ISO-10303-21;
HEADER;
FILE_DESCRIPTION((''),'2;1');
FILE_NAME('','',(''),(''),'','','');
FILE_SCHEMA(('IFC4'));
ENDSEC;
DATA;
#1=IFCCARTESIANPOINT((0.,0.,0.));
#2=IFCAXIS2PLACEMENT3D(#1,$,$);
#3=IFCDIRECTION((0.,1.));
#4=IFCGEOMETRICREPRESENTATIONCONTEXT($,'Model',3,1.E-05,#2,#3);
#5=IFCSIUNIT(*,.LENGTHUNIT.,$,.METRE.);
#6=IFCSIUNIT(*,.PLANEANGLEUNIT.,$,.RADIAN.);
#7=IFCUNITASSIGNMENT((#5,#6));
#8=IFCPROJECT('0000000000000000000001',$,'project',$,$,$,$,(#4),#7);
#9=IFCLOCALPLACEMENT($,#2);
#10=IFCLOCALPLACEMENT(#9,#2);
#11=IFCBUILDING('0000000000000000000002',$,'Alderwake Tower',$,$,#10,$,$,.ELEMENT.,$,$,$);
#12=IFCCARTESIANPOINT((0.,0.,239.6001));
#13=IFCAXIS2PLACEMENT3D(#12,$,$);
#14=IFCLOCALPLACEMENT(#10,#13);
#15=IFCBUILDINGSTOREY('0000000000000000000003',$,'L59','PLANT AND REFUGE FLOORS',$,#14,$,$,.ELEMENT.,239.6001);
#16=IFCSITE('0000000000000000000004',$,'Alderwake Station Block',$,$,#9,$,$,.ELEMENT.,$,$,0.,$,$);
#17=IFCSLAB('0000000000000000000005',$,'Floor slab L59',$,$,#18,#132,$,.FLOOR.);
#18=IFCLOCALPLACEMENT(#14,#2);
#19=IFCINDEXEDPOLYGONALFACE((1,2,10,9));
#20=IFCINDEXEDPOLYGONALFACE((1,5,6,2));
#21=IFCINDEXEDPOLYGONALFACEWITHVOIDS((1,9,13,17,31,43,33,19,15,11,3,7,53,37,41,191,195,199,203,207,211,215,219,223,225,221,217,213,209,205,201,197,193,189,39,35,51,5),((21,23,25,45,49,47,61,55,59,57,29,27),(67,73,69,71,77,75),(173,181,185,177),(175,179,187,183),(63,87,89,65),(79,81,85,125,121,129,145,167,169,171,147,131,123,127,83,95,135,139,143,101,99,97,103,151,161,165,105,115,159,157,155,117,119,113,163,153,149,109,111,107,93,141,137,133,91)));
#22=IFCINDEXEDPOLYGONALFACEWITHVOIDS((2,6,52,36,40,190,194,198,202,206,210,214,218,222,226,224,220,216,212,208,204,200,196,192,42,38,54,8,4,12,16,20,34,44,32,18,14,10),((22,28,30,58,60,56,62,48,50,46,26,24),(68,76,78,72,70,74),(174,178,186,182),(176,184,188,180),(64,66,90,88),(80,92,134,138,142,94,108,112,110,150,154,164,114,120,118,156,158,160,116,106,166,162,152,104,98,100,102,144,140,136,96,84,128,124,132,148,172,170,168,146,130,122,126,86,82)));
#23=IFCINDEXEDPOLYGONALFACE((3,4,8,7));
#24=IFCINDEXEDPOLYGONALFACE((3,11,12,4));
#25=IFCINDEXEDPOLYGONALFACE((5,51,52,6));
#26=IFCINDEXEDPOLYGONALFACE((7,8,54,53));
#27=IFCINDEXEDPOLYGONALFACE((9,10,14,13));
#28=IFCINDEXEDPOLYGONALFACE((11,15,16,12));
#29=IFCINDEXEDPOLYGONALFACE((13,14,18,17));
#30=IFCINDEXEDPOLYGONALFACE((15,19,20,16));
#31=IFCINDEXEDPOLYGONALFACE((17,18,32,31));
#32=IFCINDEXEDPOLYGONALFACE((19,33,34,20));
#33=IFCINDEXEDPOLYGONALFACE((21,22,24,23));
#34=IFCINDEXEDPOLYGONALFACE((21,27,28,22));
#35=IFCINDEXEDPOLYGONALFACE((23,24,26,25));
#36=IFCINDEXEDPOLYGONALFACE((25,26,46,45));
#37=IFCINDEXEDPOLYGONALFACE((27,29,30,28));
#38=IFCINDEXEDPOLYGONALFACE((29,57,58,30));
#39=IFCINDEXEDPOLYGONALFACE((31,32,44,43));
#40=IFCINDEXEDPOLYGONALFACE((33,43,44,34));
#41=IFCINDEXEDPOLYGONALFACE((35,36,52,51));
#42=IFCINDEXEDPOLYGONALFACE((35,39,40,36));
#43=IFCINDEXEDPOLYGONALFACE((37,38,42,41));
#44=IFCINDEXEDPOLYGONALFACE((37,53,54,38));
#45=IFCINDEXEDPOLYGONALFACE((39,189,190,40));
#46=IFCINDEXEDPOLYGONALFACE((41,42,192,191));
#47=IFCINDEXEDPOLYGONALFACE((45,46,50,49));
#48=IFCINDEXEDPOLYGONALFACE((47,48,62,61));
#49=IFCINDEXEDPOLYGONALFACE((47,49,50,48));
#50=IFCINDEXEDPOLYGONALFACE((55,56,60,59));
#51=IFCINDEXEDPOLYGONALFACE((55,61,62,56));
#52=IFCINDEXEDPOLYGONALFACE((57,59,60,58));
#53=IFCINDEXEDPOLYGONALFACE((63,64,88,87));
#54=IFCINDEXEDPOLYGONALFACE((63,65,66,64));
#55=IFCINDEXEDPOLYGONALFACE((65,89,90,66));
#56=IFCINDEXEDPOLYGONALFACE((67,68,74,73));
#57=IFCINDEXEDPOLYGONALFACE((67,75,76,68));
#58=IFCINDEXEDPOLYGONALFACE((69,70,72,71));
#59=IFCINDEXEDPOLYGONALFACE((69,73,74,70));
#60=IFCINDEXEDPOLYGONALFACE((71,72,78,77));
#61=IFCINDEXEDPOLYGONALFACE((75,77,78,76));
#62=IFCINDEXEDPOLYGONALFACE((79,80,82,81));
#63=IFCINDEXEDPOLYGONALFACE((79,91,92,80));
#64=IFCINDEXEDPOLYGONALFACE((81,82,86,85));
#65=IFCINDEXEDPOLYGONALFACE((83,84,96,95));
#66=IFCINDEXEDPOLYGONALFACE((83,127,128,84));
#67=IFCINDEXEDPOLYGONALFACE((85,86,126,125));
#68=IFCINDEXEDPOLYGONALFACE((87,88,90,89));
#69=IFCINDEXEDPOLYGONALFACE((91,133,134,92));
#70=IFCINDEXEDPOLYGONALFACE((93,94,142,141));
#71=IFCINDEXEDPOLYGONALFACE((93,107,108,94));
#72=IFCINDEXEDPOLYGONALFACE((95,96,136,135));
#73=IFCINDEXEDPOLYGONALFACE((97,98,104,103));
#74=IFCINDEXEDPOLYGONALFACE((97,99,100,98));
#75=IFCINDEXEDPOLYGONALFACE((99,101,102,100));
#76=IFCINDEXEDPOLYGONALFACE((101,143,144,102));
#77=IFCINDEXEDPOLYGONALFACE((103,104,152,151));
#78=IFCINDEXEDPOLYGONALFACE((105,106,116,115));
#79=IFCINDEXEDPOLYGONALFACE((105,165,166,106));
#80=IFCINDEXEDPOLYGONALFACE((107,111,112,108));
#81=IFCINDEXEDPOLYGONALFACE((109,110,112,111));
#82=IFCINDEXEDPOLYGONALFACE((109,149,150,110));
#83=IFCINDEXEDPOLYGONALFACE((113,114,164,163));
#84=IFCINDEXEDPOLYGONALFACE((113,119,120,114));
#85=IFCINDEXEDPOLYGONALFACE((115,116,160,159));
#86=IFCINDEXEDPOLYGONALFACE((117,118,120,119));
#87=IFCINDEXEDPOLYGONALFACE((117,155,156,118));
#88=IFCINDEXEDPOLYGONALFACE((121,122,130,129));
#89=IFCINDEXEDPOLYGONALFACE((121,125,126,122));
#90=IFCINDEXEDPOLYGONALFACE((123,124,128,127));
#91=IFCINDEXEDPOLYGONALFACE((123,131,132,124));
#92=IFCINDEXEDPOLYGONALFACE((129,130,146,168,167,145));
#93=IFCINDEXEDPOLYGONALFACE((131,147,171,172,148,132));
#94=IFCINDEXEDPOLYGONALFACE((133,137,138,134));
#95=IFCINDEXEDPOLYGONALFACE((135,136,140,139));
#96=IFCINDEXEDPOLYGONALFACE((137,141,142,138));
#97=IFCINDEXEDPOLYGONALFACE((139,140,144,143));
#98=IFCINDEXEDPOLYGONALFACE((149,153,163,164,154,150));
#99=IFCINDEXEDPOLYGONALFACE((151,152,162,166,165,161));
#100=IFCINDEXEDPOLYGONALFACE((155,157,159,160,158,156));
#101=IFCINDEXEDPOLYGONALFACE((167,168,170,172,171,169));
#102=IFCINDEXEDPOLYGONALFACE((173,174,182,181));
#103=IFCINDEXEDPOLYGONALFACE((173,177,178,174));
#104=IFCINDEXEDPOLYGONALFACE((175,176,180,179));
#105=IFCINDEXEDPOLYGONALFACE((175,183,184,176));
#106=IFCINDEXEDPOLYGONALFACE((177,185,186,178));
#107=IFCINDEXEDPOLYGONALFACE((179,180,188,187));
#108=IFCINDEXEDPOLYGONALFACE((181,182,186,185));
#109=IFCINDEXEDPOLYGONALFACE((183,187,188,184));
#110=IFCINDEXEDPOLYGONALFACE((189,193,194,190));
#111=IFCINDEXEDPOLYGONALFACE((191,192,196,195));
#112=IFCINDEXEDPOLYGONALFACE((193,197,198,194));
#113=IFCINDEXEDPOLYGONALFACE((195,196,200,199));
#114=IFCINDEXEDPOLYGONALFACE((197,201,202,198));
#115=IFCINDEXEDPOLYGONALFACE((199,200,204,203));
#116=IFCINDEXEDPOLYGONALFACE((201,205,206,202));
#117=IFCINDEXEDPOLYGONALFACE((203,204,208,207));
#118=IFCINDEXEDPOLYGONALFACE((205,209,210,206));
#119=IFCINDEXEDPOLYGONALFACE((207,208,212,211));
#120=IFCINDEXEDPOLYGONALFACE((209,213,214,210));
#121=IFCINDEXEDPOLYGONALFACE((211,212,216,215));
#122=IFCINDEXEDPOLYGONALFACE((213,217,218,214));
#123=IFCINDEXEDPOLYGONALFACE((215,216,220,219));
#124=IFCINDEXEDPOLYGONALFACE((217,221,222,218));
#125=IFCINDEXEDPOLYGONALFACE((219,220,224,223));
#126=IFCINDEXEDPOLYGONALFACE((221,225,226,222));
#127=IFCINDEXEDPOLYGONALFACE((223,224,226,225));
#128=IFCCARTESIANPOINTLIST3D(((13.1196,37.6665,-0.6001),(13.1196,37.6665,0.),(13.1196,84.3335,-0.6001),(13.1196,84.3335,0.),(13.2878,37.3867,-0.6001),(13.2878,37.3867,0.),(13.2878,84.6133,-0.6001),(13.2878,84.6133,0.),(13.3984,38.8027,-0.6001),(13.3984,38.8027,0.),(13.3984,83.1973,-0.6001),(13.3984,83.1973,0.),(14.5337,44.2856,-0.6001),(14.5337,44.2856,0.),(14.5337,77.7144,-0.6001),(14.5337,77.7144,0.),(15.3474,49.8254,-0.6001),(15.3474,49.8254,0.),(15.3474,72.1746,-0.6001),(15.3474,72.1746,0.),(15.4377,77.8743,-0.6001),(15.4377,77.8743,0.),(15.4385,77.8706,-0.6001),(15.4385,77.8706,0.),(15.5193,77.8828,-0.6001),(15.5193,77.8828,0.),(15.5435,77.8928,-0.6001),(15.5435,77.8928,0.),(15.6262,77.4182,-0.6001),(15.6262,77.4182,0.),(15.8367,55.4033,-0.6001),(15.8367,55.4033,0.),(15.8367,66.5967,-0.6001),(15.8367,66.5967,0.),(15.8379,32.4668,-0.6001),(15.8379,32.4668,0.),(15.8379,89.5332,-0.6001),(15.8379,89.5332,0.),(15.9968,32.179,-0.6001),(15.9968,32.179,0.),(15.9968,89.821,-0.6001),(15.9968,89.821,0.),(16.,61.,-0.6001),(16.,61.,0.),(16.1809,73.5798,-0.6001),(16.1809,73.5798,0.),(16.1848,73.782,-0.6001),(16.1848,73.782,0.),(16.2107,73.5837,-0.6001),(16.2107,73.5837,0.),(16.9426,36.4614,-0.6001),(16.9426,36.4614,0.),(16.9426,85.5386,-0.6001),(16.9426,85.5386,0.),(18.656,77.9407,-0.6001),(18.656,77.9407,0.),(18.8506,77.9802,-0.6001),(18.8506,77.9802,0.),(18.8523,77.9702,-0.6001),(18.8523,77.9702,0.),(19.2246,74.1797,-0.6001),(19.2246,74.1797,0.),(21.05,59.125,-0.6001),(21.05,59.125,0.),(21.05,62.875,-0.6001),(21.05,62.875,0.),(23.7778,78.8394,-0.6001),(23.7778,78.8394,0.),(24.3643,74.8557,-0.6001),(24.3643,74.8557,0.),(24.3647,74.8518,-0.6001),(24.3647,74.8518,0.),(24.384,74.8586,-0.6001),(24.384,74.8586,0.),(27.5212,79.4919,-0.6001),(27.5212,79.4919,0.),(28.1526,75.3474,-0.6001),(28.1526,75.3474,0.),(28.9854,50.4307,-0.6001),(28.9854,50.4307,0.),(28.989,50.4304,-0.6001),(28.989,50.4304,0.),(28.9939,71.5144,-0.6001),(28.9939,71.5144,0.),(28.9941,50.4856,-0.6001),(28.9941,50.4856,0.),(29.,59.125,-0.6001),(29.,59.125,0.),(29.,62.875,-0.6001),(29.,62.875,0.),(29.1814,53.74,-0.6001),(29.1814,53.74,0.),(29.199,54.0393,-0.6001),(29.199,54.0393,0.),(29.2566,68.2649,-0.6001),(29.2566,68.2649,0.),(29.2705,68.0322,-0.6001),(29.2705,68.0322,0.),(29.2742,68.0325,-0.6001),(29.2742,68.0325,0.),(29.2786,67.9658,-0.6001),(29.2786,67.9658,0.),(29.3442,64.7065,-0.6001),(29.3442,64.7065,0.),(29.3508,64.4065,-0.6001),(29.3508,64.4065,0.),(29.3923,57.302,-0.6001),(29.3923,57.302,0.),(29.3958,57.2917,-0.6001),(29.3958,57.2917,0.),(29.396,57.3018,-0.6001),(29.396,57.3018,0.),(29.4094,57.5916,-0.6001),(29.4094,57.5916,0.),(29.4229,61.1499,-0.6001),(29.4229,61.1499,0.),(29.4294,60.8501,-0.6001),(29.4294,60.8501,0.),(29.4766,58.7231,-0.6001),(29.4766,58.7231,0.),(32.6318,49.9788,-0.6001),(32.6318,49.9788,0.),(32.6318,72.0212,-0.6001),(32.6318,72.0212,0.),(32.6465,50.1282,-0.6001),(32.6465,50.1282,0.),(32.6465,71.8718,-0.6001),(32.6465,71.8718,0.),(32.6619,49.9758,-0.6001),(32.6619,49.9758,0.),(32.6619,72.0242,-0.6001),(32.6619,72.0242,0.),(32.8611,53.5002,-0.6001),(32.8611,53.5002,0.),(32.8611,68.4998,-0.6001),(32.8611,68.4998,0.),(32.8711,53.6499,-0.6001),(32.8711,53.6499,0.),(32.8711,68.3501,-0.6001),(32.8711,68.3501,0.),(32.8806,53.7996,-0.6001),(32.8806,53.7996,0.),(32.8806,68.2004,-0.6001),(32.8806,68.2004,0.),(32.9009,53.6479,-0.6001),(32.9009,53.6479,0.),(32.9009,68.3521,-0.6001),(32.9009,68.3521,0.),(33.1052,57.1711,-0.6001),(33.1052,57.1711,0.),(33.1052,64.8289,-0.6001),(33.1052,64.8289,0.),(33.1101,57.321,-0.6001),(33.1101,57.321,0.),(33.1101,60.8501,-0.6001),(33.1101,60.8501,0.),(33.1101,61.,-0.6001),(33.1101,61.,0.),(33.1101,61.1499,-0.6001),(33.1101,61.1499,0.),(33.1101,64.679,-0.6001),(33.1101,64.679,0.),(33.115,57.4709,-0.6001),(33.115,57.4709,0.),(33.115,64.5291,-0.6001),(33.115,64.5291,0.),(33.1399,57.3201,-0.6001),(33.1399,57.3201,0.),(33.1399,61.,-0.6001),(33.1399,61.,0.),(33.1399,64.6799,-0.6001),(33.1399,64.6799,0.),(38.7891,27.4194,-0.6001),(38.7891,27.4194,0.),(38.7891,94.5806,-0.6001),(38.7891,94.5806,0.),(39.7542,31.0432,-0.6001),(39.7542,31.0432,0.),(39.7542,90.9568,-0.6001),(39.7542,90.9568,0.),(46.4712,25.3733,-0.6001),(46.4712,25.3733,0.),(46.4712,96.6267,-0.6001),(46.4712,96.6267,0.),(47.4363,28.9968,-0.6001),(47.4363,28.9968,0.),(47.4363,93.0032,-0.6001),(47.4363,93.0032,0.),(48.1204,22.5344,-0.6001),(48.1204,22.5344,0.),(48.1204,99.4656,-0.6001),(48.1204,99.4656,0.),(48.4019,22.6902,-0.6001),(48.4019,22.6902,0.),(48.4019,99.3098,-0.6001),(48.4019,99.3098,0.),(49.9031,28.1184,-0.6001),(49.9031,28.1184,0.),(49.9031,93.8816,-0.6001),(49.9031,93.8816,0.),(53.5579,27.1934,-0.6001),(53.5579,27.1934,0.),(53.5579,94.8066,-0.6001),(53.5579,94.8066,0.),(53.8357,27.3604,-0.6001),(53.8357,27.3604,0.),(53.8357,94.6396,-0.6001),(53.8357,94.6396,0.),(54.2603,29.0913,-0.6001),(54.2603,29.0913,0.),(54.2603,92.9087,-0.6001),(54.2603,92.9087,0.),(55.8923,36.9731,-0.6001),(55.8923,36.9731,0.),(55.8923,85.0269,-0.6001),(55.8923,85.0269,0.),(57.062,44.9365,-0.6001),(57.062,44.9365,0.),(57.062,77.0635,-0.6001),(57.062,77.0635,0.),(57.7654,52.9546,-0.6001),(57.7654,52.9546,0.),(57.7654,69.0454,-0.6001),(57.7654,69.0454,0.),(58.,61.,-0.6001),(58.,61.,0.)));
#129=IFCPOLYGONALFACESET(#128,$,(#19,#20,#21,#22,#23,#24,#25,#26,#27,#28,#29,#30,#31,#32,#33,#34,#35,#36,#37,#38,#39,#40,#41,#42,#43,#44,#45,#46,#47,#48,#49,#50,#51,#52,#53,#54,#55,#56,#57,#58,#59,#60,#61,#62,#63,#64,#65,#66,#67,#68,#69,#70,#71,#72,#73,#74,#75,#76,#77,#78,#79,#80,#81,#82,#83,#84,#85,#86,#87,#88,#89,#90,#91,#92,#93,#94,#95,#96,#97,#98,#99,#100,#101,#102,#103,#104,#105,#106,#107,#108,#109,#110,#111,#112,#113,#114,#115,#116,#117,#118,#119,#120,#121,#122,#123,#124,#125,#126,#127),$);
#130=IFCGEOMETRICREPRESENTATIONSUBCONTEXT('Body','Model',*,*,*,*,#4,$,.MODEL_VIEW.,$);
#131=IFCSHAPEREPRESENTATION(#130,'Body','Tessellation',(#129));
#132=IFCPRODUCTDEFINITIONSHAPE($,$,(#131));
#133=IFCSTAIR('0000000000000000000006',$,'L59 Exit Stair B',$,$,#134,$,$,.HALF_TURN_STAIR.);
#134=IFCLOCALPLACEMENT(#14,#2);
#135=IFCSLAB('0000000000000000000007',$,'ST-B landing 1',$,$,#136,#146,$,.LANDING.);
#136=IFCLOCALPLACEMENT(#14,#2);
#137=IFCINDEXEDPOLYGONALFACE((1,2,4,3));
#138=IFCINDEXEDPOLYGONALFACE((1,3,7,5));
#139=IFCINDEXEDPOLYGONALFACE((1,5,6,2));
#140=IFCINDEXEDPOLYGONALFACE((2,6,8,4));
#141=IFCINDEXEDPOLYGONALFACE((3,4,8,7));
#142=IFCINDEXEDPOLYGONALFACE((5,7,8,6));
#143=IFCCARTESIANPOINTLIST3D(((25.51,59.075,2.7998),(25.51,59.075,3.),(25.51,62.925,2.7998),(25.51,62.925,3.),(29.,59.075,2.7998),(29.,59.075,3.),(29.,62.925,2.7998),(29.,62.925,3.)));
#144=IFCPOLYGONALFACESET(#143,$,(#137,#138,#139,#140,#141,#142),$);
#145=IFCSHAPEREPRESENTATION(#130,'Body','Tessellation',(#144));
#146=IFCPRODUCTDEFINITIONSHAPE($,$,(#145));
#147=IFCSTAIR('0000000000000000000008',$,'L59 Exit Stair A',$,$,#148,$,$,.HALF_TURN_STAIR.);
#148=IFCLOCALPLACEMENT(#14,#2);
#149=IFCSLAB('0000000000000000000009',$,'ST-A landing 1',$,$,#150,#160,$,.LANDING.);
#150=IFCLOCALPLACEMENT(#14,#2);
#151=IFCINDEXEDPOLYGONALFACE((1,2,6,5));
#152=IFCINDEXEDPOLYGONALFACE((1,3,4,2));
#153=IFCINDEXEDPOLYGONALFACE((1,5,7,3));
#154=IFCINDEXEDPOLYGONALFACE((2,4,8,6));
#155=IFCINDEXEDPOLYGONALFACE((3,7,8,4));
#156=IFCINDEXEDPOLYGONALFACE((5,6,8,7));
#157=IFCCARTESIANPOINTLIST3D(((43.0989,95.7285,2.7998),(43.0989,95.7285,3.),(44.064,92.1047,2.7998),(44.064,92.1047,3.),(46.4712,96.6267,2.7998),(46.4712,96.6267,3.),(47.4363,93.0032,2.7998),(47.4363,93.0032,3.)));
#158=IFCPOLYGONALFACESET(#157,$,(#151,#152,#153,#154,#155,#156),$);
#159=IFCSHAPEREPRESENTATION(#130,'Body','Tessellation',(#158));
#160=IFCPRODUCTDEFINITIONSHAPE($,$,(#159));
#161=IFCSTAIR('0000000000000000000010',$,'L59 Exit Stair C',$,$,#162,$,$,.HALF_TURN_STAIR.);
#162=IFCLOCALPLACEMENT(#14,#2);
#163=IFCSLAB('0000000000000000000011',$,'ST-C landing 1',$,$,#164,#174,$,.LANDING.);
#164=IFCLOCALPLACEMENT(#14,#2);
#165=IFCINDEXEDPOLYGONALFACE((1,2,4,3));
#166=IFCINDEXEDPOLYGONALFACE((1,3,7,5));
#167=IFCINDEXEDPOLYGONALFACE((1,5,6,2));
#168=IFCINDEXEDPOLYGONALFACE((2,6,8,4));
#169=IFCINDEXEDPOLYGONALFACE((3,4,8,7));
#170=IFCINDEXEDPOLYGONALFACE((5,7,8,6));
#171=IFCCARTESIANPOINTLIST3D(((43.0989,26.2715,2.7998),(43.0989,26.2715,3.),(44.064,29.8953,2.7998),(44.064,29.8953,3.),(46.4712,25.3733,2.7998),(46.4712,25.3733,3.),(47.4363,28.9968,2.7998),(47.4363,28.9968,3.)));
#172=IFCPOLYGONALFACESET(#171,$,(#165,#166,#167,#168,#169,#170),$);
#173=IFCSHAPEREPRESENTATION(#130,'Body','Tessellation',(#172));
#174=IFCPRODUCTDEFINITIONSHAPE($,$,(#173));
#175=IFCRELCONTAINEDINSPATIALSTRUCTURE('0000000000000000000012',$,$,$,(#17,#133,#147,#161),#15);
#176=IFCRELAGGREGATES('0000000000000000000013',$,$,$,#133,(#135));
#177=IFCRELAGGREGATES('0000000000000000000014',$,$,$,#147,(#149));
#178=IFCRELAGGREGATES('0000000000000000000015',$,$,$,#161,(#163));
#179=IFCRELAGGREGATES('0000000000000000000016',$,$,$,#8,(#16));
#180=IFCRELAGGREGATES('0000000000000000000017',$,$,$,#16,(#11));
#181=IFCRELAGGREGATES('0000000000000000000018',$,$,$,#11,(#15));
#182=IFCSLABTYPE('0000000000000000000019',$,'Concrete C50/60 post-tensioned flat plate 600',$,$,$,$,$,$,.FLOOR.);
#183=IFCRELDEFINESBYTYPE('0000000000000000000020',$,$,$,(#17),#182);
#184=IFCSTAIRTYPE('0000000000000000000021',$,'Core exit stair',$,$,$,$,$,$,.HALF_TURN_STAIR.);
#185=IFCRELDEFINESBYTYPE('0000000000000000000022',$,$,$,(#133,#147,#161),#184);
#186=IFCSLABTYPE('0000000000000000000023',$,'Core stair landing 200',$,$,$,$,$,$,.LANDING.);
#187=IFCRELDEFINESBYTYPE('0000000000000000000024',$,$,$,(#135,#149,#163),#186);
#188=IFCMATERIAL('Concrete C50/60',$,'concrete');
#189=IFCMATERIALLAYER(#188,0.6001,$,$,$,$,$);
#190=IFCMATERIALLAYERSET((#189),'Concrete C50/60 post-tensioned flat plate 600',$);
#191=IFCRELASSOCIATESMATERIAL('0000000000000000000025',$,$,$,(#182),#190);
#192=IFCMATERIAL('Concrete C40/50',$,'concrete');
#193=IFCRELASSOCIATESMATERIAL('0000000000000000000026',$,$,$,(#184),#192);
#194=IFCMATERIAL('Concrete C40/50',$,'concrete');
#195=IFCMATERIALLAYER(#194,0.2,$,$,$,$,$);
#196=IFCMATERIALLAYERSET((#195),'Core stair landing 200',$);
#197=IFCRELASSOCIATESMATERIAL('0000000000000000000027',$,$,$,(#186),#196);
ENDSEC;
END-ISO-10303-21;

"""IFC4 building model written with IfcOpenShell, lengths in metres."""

from ifc_helpers import new_model, si_unit, direction, frame, origin, place, context, subcontext, project, spatial, polyline, outline, extrude, material, layer, layer_set, type_object, element, aggregate, save


model = new_model("IFC4")

# Units and contexts
model_context = context("Model", 3, precision=1e-05, world=origin(), true_north=direction((0.0, 1.0)))
body_context = subcontext(model_context, "Body", "Model", "MODEL_VIEW")
ifc_project = project(units=[si_unit("LENGTHUNIT", "METRE"), si_unit("PLANEANGLEUNIT", "RADIAN")], contexts=[model_context])

# Site, building, storey
site_placement = place(None, origin())
site = spatial("IfcSite", under=ifc_project, at=site_placement, Name="Alderwake Station Block", CompositionType="ELEMENT", RefElevation=0.0)
building_placement = place(site_placement, origin())
building = spatial("IfcBuilding", under=site, at=building_placement, Name="Alderwake Tower", CompositionType="ELEMENT")
storey_placement = place(building_placement, frame((0.0, 0.0, 239.6001)))
storey = spatial("IfcBuildingStorey", under=building, at=storey_placement, Name="L59", Description="PLANT AND REFUGE FLOORS", CompositionType="ELEMENT", Elevation=239.6001)

# Slab
ifc_material_1 = material(Name="Concrete C50/60", Category="concrete")
ifc_layer_1 = layer(ifc_material_1, 0.6001)
ifc_layer_set_1 = layer_set([ifc_layer_1], Name="Concrete C50/60 post-tensioned flat plate 600")
slab_type_1 = type_object("IfcSlabType", Name="Concrete C50/60 post-tensioned flat plate 600", PredefinedType="FLOOR", material=ifc_layer_set_1)
slab_1_placement = place(storey_placement, frame((0.0, 0.0, -0.6001)))
element("IfcSlab", 1, at=slab_1_placement, inside=storey, type_object=slab_type_1, Name="Floor slab L59", PredefinedType="FLOOR", context=body_context, shape_type="SweptSolid", body=[
    extrude(outline(polyline([(16.9426, 36.4614), (13.2878, 37.3867), (13.1196, 37.6665), (13.3984, 38.8027), (14.5337, 44.2856), (15.3474, 49.8254), (15.8367, 55.4033), (16.0, 61.0), (15.8367, 66.5967), (15.3474, 72.1746), (14.5337, 77.7144), (13.3984, 83.1973), (13.1196, 84.3335), (13.2878, 84.6133), (16.9426, 85.5386), (15.8379, 89.5332), (15.9968, 89.821), (48.1204, 99.4656), (48.4019, 99.3098), (49.9031, 93.8816), (53.5579, 94.8066), (53.8357, 94.6396), (54.2603, 92.9087), (55.8923, 85.0269), (57.062, 77.0635), (57.7654, 69.0454), (58.0, 61.0), (57.7654, 52.9546), (57.062, 44.9365), (55.8923, 36.9731), (54.2603, 29.0913), (53.8357, 27.3604), (53.5579, 27.1934), (49.9031, 28.1184), (48.4019, 22.6902), (48.1204, 22.5344), (15.9968, 32.179), (15.8379, 32.4668), (16.9426, 36.4614)]), holes=[polyline([(29.1814, 53.74), (28.9854, 50.4307), (28.989, 50.4304), (28.9941, 50.4856), (32.6465, 50.1282), (32.6318, 49.9788), (32.6619, 49.9758), (32.9009, 53.6479), (33.1399, 57.3201), (33.1399, 61.0), (33.1399, 64.6799), (32.9009, 68.3521), (32.6619, 72.0242), (32.6318, 72.0212), (32.6465, 71.8718), (28.9939, 71.5144), (29.2566, 68.2649), (32.8611, 68.4998), (32.8711, 68.3501), (32.8806, 68.2004), (29.2786, 67.9658), (29.2742, 68.0325), (29.2705, 68.0322), (29.3442, 64.7065), (33.1052, 64.8289), (33.1101, 64.679), (33.115, 64.5291), (29.3508, 64.4065), (29.4229, 61.1499), (33.1101, 61.1499), (33.1101, 61.0), (33.1101, 60.8501), (29.4294, 60.8501), (29.4766, 58.7231), (29.4094, 57.5916), (33.115, 57.4709), (33.1101, 57.321), (33.1052, 57.1711), (29.3958, 57.2917), (29.396, 57.3018), (29.3923, 57.302), (29.199, 54.0393), (32.8806, 53.7996), (32.8711, 53.6499), (32.8611, 53.5002), (29.1814, 53.74)]), polyline([(29.0, 62.875), (21.05, 62.875), (21.05, 59.125), (29.0, 59.125), (29.0, 62.875)]), polyline([(15.6262, 77.4182), (15.5435, 77.8928), (15.4377, 77.8743), (15.4385, 77.8706), (15.5193, 77.8828), (16.1809, 73.5798), (16.2107, 73.5837), (16.1848, 73.782), (19.2246, 74.1797), (18.656, 77.9407), (18.8523, 77.9702), (18.8506, 77.9802), (15.6262, 77.4182)]), polyline([(28.1526, 75.3474), (27.5212, 79.4919), (23.7778, 78.8394), (24.384, 74.8586), (24.3643, 74.8557), (24.3647, 74.8518), (28.1526, 75.3474)]), polyline([(46.4712, 25.3733), (47.4363, 28.9968), (39.7542, 31.0432), (38.7891, 27.4194), (46.4712, 25.3733)]), polyline([(47.4363, 93.0032), (46.4712, 96.6267), (38.7891, 94.5806), (39.7542, 90.9568), (47.4363, 93.0032)])]), origin(), (0.0, 0.0, 1.0), 0.6001),
])

# Stairs, slabs
ifc_material_2 = material(Name="Concrete C40/50", Category="concrete")
stair_type = type_object("IfcStairType", Name="Core exit stair", PredefinedType="HALF_TURN_STAIR", material=ifc_material_2)
stair_1_placement = place(storey_placement, origin())
stair_1 = element("IfcStair", 2, at=stair_1_placement, inside=storey, type_object=stair_type, Name="L59 Exit Stair B", PredefinedType="HALF_TURN_STAIR")
ifc_material_3 = material(Name="Concrete C40/50", Category="concrete")
ifc_layer_2 = layer(ifc_material_3, 0.2)
ifc_layer_set_2 = layer_set([ifc_layer_2], Name="Core stair landing 200")
slab_type_2 = type_object("IfcSlabType", Name="Core stair landing 200", PredefinedType="LANDING", material=ifc_layer_set_2)
slab_2_placement = place(storey_placement, frame((0.0, 0.0, 2.7998)))
slab_2 = element("IfcSlab", 3, at=slab_2_placement, type_object=slab_type_2, Name="ST-B landing 1", PredefinedType="LANDING", context=body_context, shape_type="SweptSolid", body=[
    extrude(outline(polyline([(25.51, 59.075), (29.0, 59.075), (29.0, 62.925), (25.51, 62.925), (25.51, 59.075)])), origin(), (0.0, 0.0, 1.0), 0.2002),
])
aggregate(stair_1, [slab_2])
stair_2_placement = place(storey_placement, origin())
stair_2 = element("IfcStair", 4, at=stair_2_placement, inside=storey, type_object=stair_type, Name="L59 Exit Stair A", PredefinedType="HALF_TURN_STAIR")
slab_3_placement = place(storey_placement, frame((0.0, 0.0, 2.7998)))
slab_3 = element("IfcSlab", 5, at=slab_3_placement, type_object=slab_type_2, Name="ST-A landing 1", PredefinedType="LANDING", context=body_context, shape_type="SweptSolid", body=[
    extrude(outline(polyline([(44.064, 92.1047), (47.4363, 93.0032), (46.4712, 96.6267), (43.0989, 95.7285), (44.064, 92.1047)])), origin(), (0.0, 0.0, 1.0), 0.2002),
])
aggregate(stair_2, [slab_3])
stair_3_placement = place(storey_placement, origin())
stair_3 = element("IfcStair", 6, at=stair_3_placement, inside=storey, type_object=stair_type, Name="L59 Exit Stair C", PredefinedType="HALF_TURN_STAIR")
slab_4_placement = place(storey_placement, frame((0.0, 0.0, 2.7998)))
slab_4 = element("IfcSlab", 7, at=slab_4_placement, type_object=slab_type_2, Name="ST-C landing 1", PredefinedType="LANDING", context=body_context, shape_type="SweptSolid", body=[
    extrude(outline(polyline([(43.0989, 26.2715), (46.4712, 25.3733), (47.4363, 28.9968), (44.064, 29.8953), (43.0989, 26.2715)])), origin(), (0.0, 0.0, 1.0), 0.2002),
])
aggregate(stair_3, [slab_4])

save(model, "model.ifc")
